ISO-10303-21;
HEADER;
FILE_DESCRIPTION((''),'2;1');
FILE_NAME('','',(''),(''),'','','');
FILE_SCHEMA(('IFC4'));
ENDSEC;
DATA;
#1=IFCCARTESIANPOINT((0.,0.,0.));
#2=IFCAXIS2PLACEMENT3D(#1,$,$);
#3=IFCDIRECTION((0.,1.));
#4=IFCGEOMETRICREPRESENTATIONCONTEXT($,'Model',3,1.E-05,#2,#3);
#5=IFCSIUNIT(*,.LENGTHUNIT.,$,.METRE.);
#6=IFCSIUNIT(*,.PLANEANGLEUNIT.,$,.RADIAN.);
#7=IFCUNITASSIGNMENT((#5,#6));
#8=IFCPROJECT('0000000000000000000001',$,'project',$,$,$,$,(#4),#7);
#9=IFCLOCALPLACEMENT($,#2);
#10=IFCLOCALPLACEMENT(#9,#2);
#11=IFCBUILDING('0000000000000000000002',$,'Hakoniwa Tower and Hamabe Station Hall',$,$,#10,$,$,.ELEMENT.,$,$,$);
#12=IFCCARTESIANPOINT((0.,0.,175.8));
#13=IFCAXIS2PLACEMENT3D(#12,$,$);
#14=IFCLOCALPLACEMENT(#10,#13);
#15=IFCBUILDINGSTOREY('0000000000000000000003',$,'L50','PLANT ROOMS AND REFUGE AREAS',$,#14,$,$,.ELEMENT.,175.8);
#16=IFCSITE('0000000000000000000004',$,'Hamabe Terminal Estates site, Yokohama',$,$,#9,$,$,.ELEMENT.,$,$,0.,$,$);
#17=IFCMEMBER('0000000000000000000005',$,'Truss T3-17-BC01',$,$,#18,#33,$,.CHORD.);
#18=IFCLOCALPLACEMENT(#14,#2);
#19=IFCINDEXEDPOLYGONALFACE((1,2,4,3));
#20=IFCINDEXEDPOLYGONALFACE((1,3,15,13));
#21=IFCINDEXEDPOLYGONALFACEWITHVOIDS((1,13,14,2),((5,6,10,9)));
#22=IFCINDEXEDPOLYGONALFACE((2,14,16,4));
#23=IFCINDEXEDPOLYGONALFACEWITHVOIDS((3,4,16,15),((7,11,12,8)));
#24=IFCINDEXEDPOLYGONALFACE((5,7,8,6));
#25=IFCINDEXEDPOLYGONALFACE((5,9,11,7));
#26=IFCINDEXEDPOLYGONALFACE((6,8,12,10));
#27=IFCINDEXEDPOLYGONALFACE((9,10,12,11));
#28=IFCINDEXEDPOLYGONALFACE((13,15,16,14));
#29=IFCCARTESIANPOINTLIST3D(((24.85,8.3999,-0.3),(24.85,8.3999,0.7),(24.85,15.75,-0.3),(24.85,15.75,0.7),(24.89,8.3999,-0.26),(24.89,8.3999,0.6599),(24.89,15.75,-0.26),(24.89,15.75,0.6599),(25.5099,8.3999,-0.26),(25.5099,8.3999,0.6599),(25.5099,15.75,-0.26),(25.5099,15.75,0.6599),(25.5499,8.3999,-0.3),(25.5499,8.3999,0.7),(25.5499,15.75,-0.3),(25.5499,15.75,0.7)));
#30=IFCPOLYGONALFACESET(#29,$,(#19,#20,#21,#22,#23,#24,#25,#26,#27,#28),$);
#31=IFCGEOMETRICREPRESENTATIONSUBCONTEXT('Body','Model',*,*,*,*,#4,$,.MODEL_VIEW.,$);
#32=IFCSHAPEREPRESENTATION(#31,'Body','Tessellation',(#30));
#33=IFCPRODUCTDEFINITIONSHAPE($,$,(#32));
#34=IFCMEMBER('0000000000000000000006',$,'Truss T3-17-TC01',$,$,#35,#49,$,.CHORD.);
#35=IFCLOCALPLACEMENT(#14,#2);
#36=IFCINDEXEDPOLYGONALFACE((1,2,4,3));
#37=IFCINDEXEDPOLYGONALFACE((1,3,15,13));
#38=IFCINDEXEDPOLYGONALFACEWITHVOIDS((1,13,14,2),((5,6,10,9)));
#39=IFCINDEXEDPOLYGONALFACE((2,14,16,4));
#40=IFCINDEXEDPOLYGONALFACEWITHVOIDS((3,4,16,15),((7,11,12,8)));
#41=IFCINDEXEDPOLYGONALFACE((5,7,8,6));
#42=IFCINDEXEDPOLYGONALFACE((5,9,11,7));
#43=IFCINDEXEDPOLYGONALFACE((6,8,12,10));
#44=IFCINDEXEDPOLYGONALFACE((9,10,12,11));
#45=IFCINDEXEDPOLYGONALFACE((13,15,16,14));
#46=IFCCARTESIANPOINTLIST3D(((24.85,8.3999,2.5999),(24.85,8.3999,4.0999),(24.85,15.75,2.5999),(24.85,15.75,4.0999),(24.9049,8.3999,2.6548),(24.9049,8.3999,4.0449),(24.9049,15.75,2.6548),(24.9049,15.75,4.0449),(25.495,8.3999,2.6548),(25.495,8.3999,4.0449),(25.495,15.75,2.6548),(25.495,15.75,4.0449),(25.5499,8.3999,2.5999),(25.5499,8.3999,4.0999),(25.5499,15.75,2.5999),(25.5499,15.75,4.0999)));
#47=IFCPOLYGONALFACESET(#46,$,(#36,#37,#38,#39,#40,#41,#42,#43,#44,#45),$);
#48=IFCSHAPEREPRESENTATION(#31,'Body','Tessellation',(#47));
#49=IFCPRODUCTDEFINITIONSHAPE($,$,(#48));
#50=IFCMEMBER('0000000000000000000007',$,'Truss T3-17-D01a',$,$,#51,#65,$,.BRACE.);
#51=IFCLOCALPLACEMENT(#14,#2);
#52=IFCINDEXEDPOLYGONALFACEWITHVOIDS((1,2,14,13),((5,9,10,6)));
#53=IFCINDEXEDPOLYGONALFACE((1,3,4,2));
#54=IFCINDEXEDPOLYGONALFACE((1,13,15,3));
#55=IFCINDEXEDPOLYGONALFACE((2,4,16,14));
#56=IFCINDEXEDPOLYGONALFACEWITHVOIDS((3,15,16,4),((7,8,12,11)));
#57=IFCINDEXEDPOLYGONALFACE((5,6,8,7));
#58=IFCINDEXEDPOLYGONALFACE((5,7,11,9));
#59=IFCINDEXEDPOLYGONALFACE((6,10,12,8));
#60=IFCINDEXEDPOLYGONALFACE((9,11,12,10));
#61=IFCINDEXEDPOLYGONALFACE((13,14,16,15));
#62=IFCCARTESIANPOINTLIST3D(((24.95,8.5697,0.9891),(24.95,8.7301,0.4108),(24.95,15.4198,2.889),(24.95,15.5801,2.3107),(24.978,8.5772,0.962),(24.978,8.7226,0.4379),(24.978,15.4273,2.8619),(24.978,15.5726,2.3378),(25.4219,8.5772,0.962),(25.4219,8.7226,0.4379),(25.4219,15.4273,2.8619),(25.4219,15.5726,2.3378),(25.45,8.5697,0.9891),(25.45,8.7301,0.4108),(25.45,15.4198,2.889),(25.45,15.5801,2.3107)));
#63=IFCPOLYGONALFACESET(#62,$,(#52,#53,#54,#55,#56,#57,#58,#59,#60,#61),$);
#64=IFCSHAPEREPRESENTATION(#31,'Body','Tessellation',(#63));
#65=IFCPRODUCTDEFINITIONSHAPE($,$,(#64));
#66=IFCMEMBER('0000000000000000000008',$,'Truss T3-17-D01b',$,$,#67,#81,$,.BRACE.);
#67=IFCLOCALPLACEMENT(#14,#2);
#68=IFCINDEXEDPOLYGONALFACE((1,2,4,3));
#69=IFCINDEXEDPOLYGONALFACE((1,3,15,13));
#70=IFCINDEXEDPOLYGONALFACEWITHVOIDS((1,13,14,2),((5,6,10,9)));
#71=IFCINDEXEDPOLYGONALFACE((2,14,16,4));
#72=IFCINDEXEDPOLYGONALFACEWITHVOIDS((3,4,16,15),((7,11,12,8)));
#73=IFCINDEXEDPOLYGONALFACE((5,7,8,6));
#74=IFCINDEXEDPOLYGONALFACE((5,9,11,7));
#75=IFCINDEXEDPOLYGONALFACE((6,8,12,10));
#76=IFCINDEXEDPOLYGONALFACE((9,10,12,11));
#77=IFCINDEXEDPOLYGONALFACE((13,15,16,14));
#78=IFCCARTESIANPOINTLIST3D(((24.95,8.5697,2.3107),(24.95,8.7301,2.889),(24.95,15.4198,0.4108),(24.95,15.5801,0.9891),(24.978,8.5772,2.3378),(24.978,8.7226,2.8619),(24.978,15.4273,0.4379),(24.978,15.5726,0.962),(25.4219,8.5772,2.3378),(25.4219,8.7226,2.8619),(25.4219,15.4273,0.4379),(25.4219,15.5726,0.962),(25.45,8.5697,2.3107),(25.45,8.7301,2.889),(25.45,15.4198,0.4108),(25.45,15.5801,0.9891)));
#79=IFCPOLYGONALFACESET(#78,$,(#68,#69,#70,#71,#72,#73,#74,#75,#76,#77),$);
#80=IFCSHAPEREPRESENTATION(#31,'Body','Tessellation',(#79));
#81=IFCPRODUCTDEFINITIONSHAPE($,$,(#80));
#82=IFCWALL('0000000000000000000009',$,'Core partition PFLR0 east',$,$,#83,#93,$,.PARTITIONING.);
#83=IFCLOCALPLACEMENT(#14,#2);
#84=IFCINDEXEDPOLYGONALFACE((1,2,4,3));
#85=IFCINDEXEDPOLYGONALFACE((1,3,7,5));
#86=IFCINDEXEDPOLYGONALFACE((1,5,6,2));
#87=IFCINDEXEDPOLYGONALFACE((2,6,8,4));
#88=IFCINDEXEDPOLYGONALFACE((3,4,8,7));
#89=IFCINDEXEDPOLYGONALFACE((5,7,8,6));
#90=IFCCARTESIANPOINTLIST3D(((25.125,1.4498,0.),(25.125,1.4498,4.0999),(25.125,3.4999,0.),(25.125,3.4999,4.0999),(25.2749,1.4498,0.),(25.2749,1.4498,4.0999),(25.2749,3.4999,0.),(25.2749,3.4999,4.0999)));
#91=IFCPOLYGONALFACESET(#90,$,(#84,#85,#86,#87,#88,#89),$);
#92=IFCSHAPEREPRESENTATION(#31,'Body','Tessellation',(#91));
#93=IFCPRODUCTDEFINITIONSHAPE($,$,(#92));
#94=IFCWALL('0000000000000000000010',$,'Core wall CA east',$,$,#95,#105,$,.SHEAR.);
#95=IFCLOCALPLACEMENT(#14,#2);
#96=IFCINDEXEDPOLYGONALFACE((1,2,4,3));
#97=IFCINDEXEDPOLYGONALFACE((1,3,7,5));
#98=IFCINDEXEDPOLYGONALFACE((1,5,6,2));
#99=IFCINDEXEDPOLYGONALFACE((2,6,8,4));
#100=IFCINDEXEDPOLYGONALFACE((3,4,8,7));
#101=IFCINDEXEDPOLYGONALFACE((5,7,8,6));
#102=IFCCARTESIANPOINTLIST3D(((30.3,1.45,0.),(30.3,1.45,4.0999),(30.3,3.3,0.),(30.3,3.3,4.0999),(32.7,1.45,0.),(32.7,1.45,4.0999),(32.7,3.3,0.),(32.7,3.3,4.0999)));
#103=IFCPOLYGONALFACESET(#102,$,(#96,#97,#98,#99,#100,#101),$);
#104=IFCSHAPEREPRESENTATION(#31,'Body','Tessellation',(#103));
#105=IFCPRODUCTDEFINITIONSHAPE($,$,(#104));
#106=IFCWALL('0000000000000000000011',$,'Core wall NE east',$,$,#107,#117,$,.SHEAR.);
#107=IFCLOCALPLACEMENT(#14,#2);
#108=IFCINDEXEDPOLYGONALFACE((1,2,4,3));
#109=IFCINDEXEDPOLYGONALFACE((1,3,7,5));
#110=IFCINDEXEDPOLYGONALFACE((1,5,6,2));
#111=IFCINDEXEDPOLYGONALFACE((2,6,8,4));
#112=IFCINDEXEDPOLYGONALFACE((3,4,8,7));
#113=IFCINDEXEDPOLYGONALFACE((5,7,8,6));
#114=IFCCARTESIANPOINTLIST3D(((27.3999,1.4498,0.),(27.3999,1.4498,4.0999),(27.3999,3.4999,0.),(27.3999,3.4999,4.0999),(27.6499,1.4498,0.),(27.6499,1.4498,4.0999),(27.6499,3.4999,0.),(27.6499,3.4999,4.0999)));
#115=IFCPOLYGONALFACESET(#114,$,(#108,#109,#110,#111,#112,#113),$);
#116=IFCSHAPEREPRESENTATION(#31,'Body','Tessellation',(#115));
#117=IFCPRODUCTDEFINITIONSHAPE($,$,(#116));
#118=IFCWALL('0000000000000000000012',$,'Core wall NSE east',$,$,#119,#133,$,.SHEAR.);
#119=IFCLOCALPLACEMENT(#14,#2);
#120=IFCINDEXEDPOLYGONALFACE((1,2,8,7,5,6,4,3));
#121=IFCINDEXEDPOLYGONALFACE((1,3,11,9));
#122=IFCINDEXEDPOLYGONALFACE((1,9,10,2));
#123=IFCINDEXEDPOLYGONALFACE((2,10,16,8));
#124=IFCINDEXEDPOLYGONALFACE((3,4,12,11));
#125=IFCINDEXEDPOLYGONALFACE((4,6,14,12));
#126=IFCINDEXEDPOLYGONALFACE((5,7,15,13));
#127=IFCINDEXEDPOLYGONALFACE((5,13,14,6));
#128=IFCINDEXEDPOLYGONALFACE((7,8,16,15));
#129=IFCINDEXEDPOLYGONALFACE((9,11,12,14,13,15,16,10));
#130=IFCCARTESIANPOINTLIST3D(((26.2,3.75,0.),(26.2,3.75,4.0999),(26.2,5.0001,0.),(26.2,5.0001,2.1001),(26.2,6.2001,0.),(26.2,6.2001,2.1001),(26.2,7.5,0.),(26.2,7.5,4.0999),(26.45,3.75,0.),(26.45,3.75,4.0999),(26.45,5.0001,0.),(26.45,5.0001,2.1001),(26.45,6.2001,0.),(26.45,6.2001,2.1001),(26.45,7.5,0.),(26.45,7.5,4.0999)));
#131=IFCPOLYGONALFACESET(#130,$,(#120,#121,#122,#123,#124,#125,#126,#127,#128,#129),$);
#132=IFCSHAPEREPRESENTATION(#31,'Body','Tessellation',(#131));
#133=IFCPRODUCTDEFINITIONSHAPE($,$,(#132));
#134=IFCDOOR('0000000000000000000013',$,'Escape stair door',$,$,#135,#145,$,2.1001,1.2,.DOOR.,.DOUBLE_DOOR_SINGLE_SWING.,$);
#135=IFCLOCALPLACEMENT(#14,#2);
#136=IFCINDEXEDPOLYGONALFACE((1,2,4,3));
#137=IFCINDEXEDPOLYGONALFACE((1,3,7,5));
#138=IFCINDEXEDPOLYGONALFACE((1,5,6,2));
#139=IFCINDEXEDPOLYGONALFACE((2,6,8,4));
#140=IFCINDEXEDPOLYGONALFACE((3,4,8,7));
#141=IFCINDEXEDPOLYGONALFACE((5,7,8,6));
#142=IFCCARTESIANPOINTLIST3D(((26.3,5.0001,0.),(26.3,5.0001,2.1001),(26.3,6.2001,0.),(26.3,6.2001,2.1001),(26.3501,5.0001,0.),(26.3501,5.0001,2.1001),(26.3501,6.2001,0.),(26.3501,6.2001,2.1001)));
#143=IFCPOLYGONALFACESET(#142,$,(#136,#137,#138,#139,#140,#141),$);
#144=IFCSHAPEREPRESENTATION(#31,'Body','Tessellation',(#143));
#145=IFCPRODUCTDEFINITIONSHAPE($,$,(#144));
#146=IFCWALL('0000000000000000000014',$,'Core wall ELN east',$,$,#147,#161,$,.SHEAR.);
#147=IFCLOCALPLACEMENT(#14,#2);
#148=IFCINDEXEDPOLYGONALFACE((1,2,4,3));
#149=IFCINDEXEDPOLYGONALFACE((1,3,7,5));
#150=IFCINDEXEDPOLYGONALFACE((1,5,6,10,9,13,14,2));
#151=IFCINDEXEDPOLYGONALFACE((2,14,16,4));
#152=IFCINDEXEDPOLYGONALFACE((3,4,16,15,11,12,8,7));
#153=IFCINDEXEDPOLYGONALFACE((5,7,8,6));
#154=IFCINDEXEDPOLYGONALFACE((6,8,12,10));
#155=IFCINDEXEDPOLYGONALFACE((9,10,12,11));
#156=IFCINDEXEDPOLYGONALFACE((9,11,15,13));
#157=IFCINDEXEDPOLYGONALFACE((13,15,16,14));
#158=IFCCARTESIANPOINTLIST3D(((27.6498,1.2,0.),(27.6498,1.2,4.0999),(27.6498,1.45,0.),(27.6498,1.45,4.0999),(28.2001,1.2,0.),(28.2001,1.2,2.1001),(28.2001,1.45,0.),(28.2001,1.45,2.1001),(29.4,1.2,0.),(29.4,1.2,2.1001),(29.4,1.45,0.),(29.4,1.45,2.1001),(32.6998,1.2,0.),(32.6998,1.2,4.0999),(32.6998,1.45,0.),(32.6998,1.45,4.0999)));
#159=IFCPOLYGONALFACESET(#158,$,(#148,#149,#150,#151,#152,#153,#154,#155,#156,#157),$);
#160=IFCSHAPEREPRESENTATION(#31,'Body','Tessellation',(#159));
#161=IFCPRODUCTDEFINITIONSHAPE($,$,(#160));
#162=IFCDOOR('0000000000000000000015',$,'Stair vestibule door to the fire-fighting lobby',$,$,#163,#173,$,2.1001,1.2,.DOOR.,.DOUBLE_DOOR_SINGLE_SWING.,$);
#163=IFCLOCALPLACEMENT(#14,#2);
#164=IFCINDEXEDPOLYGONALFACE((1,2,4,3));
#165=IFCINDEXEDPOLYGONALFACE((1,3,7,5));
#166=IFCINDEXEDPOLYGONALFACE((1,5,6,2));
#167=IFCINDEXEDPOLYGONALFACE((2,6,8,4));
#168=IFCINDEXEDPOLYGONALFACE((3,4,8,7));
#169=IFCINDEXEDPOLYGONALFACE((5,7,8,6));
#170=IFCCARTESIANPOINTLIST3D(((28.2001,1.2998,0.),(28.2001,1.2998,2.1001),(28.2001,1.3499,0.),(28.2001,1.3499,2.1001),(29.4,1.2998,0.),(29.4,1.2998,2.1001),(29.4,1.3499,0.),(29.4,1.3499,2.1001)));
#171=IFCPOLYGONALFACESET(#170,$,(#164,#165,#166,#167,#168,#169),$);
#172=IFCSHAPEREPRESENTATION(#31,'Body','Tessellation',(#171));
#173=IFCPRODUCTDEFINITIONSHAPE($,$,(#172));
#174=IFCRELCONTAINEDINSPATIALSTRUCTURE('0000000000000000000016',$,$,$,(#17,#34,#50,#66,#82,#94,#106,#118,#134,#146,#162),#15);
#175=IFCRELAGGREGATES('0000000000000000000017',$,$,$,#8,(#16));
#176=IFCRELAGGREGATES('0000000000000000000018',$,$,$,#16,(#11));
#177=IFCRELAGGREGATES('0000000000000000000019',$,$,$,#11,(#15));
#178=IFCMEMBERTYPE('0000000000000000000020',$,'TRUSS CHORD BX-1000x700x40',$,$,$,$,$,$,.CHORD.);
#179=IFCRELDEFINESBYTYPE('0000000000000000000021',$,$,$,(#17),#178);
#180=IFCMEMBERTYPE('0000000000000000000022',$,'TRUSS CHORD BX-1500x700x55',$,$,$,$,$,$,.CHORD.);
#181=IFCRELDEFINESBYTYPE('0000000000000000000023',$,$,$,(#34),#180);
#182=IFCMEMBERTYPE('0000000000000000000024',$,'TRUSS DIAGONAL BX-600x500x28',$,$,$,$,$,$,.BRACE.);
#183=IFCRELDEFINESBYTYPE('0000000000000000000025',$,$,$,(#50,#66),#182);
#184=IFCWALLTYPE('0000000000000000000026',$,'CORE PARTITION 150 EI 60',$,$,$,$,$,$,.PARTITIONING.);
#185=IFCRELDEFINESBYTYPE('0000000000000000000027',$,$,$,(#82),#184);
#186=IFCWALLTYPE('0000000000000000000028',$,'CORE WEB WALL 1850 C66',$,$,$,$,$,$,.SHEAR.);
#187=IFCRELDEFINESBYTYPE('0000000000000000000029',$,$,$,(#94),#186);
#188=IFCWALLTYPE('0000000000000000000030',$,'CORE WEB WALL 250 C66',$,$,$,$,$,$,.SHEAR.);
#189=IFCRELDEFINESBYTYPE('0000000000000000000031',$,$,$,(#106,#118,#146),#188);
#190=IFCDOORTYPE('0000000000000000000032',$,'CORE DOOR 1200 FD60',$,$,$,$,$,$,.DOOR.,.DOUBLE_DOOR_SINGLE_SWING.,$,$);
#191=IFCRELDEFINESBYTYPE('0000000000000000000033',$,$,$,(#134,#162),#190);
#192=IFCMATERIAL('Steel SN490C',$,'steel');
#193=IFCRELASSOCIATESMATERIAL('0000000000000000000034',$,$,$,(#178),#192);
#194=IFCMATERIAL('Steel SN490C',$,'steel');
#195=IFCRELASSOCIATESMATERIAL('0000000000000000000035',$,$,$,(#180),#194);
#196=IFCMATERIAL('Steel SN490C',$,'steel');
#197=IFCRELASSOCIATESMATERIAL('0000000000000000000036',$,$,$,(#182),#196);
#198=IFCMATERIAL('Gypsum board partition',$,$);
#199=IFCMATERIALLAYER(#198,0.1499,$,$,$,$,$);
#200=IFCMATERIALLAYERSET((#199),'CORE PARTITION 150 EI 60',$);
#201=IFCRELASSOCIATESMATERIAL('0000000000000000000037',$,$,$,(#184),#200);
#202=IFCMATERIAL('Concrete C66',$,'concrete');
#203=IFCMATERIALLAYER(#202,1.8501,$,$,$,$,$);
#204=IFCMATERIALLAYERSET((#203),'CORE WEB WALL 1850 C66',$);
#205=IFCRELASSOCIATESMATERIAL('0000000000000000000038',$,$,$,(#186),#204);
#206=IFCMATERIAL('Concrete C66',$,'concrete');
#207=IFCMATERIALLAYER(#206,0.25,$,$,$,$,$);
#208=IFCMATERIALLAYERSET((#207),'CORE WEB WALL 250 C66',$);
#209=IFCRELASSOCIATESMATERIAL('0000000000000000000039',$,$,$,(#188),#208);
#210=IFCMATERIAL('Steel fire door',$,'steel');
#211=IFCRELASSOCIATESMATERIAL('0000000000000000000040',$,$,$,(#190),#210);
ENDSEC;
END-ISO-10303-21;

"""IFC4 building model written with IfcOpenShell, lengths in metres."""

from ifc_helpers import new_model, si_unit, direction, frame, frame_2d, origin, origin_2d, place, context, subcontext, project, spatial, rectangle, hollow_rectangle, extrude, material, layer, layer_set, material_profile, profile_set, type_object, element, fill, save


model = new_model("IFC4")

# Units and contexts
model_context = context("Model", 3, precision=1e-05, world=origin(), true_north=direction((0.0, 1.0)))
body_context = subcontext(model_context, "Body", "Model", "MODEL_VIEW")
ifc_project = project(units=[si_unit("LENGTHUNIT", "METRE"), si_unit("PLANEANGLEUNIT", "RADIAN")], contexts=[model_context])

# Site, building, storey
site_placement = place(None, origin())
site = spatial("IfcSite", under=ifc_project, at=site_placement, Name="Hamabe Terminal Estates site, Yokohama", CompositionType="ELEMENT", RefElevation=0.0)
building_placement = place(site_placement, origin())
building = spatial("IfcBuilding", under=site, at=building_placement, Name="Hakoniwa Tower and Hamabe Station Hall", CompositionType="ELEMENT")
storey_placement = place(building_placement, frame((0.0, 0.0, 175.8)))
storey = spatial("IfcBuildingStorey", under=building, at=storey_placement, Name="L50", Description="PLANT ROOMS AND REFUGE AREAS", CompositionType="ELEMENT", Elevation=175.8)

# Members
ifc_material_1 = material(Name="Steel SN490C", Category="steel")
ifc_material_profile_1 = material_profile(ifc_material_1, hollow_rectangle(XDim=0.7, YDim=1.0, WallThickness=0.04, at=origin_2d()), Name="BX-1000x700x40")
ifc_profile_set_1 = profile_set([ifc_material_profile_1], Name="Steel SN490C")
member_type_1 = type_object("IfcMemberType", Name="TRUSS CHORD BX-1000x700x40", PredefinedType="CHORD", material=ifc_profile_set_1)
member_1_placement = place(storey_placement, frame((25.2, 8.3999, 0.2), z_axis=(0.0, 1.0, 0.0), x_axis=(-1.0, 0.0, 0.0)))
element("IfcMember", 1, at=member_1_placement, inside=storey, type_object=member_type_1, Name="Truss T3-17-BC01", PredefinedType="CHORD", context=body_context, shape_type="SweptSolid", body=[
    extrude(hollow_rectangle(XDim=0.7, YDim=1.0, WallThickness=0.04, at=origin_2d()), origin(), (0.0, 0.0, 1.0), 7.3501),
])
ifc_material_2 = material(Name="Steel SN490C", Category="steel")
ifc_material_profile_2 = material_profile(ifc_material_2, hollow_rectangle(XDim=0.7, YDim=1.5, WallThickness=0.0549, at=origin_2d()), Name="BX-1500x700x55")
ifc_profile_set_2 = profile_set([ifc_material_profile_2], Name="Steel SN490C")
member_type_2 = type_object("IfcMemberType", Name="TRUSS CHORD BX-1500x700x55", PredefinedType="CHORD", material=ifc_profile_set_2)
member_2_placement = place(storey_placement, frame((25.2, 8.3999, 3.3499), z_axis=(0.0, 1.0, 0.0), x_axis=(-1.0, 0.0, 0.0)))
element("IfcMember", 2, at=member_2_placement, inside=storey, type_object=member_type_2, Name="Truss T3-17-TC01", PredefinedType="CHORD", context=body_context, shape_type="SweptSolid", body=[
    extrude(hollow_rectangle(XDim=0.7, YDim=1.5, WallThickness=0.0549, at=origin_2d()), origin(), (0.0, 0.0, 1.0), 7.3501),
])
ifc_material_3 = material(Name="Steel SN490C", Category="steel")
ifc_material_profile_3 = material_profile(ifc_material_3, hollow_rectangle(XDim=0.5, YDim=0.6001, WallThickness=0.0281, at=origin_2d()), Name="BX-600x500x28")
ifc_profile_set_3 = profile_set([ifc_material_profile_3], Name="Steel SN490C")
member_type_3 = type_object("IfcMemberType", Name="TRUSS DIAGONAL BX-600x500x28", PredefinedType="BRACE", material=ifc_profile_set_3)
for number, where, z_axis, x_axis, name in (
    (3, (25.2, 8.6499, 0.7), (0.0, 0.963623, 0.267265), (-1.0, 0.0, 0.0), "Truss T3-17-D01a"),
    (4, (25.2, 8.6499, 2.5999), (0.0, 0.963623, -0.267265), (-1.0, 0.0, 0.0), "Truss T3-17-D01b"),
):
    element("IfcMember", number, at=place(storey_placement, frame(where, z_axis=z_axis, x_axis=x_axis)), inside=storey, type_object=member_type_3, Name=name, PredefinedType="BRACE", context=body_context, shape_type="SweptSolid", body=[
        extrude(hollow_rectangle(XDim=0.5, YDim=0.6001, WallThickness=0.0281, at=origin_2d()), origin(), (0.0, 0.0, 1.0), 7.1086),
    ])

# Walls
ifc_material_4 = material(Name="Gypsum board partition")
ifc_layer_1 = layer(ifc_material_4, 0.1499)
ifc_layer_set_1 = layer_set([ifc_layer_1], Name="CORE PARTITION 150 EI 60")
wall_type_1 = type_object("IfcWallType", Name="CORE PARTITION 150 EI 60", PredefinedType="PARTITIONING", material=ifc_layer_set_1)
wall_1_placement = place(storey_placement, frame((25.2, 1.45, 0.0), z_axis=(0.0, 0.0, 1.0), x_axis=(0.0, 1.0, 0.0)))
element("IfcWall", 5, at=wall_1_placement, inside=storey, type_object=wall_type_1, Name="Core partition PFLR0 east", PredefinedType="PARTITIONING", context=body_context, shape_type="SweptSolid", body=[
    extrude(rectangle(XDim=2.05, YDim=0.1499, at=frame_2d((1.0249, 0.0))), origin(), (0.0, 0.0, 1.0), 4.0999),
])
ifc_material_5 = material(Name="Concrete C66", Category="concrete")
ifc_layer_2 = layer(ifc_material_5, 1.8501)
ifc_layer_set_2 = layer_set([ifc_layer_2], Name="CORE WEB WALL 1850 C66")
wall_type_2 = type_object("IfcWallType", Name="CORE WEB WALL 1850 C66", PredefinedType="SHEAR", material=ifc_layer_set_2)
wall_2_placement = place(storey_placement, frame((30.3, 2.375, 0.0), z_axis=(0.0, 0.0, 1.0), x_axis=(1.0, 0.0, 0.0)))
element("IfcWall", 6, at=wall_2_placement, inside=storey, type_object=wall_type_2, Name="Core wall CA east", PredefinedType="SHEAR", context=body_context, shape_type="SweptSolid", body=[
    extrude(rectangle(XDim=2.3999, YDim=1.8501, at=frame_2d((1.2, 0.0))), origin(), (0.0, 0.0, 1.0), 4.0999),
])
ifc_material_6 = material(Name="Concrete C66", Category="concrete")
ifc_layer_3 = layer(ifc_material_6, 0.25)
ifc_layer_set_3 = layer_set([ifc_layer_3], Name="CORE WEB WALL 250 C66")
wall_type_3 = type_object("IfcWallType", Name="CORE WEB WALL 250 C66", PredefinedType="SHEAR", material=ifc_layer_set_3)
wall_3_placement = place(storey_placement, frame((27.5249, 1.45, 0.0), z_axis=(0.0, 0.0, 1.0), x_axis=(0.0, 1.0, 0.0)))
element("IfcWall", 7, at=wall_3_placement, inside=storey, type_object=wall_type_3, Name="Core wall NE east", PredefinedType="SHEAR", context=body_context, shape_type="SweptSolid", body=[
    extrude(rectangle(XDim=2.05, YDim=0.25, at=frame_2d((1.0249, 0.0))), origin(), (0.0, 0.0, 1.0), 4.0999),
])

# Walls, openings, doors
wall_4_placement = place(storey_placement, frame((26.325, 3.75, 0.0), z_axis=(0.0, 0.0, 1.0), x_axis=(0.0, 1.0, 0.0)))
wall_4 = element("IfcWall", 8, at=wall_4_placement, inside=storey, type_object=wall_type_3, Name="Core wall NSE east", PredefinedType="SHEAR", context=body_context, shape_type="SweptSolid", body=[
    extrude(rectangle(XDim=3.75, YDim=0.25, at=frame_2d((1.875, 0.0))), origin(), (0.0, 0.0, 1.0), 4.0999),
])
opening_1_placement = place(wall_4_placement, frame((1.25, 0.0, 0.0)))
opening_1 = element("IfcOpeningElement", 9, at=opening_1_placement, cuts=wall_4, PredefinedType="OPENING", context=body_context, shape_type="SweptSolid", body=[
    extrude(rectangle(XDim=1.2, YDim=2.1001, at=frame_2d((0.6001, 1.05))), frame((0.0, 0.135, 0.0), z_axis=(0.0, -1.0, 0.0), x_axis=(1.0, 0.0, 0.0)), (0.0, 0.0, 1.0), 0.27),
])
ifc_material_7 = material(Name="Steel fire door", Category="steel")
door_type_1 = type_object("IfcDoorType", Name="CORE DOOR 1200 FD60", OperationType="DOUBLE_DOOR_SINGLE_SWING", PredefinedType="DOOR", material=ifc_material_7)
door_1_placement = place(opening_1_placement, origin())
door_1 = element("IfcDoor", 10, at=door_1_placement, inside=storey, type_object=door_type_1, Name="Escape stair door", OperationType="DOUBLE_DOOR_SINGLE_SWING", OverallHeight=2.1001, OverallWidth=1.2, PredefinedType="DOOR", context=body_context, shape_type="SweptSolid", body=[
    extrude(rectangle(XDim=1.2, YDim=2.1001, at=frame_2d((0.6001, 1.05))), frame((0.0, 0.0249, 0.0), z_axis=(0.0, -1.0, 0.0), x_axis=(1.0, 0.0, 0.0)), (0.0, 0.0, 1.0), 0.05),
])
fill(opening_1, door_1)
wall_5_placement = place(storey_placement, frame((27.6499, 1.325, 0.0), z_axis=(0.0, 0.0, 1.0), x_axis=(1.0, 0.0, 0.0)))
wall_5 = element("IfcWall", 11, at=wall_5_placement, inside=storey, type_object=wall_type_3, Name="Core wall ELN east", PredefinedType="SHEAR", context=body_context, shape_type="SweptSolid", body=[
    extrude(rectangle(XDim=5.05, YDim=0.25, at=frame_2d((2.5249, 0.0))), origin(), (0.0, 0.0, 1.0), 4.0999),
])
opening_2_placement = place(wall_5_placement, frame((0.55, 0.0, 0.0)))
opening_2 = element("IfcOpeningElement", 12, at=opening_2_placement, cuts=wall_5, PredefinedType="OPENING", context=body_context, shape_type="SweptSolid", body=[
    extrude(rectangle(XDim=1.2, YDim=2.1001, at=frame_2d((0.6001, 1.05))), frame((0.0, 0.135, 0.0), z_axis=(0.0, -1.0, 0.0), x_axis=(1.0, 0.0, 0.0)), (0.0, 0.0, 1.0), 0.27),
])
door_2_placement = place(opening_2_placement, origin())
door_2 = element("IfcDoor", 13, at=door_2_placement, inside=storey, type_object=door_type_1, Name="Stair vestibule door to the fire-fighting lobby", OperationType="DOUBLE_DOOR_SINGLE_SWING", OverallHeight=2.1001, OverallWidth=1.2, PredefinedType="DOOR", context=body_context, shape_type="SweptSolid", body=[
    extrude(rectangle(XDim=1.2, YDim=2.1001, at=frame_2d((0.6001, 1.05))), frame((0.0, 0.0249, 0.0), z_axis=(0.0, -1.0, 0.0), x_axis=(1.0, 0.0, 0.0)), (0.0, 0.0, 1.0), 0.05),
])
fill(opening_2, door_2)

save(model, "model.ifc")
